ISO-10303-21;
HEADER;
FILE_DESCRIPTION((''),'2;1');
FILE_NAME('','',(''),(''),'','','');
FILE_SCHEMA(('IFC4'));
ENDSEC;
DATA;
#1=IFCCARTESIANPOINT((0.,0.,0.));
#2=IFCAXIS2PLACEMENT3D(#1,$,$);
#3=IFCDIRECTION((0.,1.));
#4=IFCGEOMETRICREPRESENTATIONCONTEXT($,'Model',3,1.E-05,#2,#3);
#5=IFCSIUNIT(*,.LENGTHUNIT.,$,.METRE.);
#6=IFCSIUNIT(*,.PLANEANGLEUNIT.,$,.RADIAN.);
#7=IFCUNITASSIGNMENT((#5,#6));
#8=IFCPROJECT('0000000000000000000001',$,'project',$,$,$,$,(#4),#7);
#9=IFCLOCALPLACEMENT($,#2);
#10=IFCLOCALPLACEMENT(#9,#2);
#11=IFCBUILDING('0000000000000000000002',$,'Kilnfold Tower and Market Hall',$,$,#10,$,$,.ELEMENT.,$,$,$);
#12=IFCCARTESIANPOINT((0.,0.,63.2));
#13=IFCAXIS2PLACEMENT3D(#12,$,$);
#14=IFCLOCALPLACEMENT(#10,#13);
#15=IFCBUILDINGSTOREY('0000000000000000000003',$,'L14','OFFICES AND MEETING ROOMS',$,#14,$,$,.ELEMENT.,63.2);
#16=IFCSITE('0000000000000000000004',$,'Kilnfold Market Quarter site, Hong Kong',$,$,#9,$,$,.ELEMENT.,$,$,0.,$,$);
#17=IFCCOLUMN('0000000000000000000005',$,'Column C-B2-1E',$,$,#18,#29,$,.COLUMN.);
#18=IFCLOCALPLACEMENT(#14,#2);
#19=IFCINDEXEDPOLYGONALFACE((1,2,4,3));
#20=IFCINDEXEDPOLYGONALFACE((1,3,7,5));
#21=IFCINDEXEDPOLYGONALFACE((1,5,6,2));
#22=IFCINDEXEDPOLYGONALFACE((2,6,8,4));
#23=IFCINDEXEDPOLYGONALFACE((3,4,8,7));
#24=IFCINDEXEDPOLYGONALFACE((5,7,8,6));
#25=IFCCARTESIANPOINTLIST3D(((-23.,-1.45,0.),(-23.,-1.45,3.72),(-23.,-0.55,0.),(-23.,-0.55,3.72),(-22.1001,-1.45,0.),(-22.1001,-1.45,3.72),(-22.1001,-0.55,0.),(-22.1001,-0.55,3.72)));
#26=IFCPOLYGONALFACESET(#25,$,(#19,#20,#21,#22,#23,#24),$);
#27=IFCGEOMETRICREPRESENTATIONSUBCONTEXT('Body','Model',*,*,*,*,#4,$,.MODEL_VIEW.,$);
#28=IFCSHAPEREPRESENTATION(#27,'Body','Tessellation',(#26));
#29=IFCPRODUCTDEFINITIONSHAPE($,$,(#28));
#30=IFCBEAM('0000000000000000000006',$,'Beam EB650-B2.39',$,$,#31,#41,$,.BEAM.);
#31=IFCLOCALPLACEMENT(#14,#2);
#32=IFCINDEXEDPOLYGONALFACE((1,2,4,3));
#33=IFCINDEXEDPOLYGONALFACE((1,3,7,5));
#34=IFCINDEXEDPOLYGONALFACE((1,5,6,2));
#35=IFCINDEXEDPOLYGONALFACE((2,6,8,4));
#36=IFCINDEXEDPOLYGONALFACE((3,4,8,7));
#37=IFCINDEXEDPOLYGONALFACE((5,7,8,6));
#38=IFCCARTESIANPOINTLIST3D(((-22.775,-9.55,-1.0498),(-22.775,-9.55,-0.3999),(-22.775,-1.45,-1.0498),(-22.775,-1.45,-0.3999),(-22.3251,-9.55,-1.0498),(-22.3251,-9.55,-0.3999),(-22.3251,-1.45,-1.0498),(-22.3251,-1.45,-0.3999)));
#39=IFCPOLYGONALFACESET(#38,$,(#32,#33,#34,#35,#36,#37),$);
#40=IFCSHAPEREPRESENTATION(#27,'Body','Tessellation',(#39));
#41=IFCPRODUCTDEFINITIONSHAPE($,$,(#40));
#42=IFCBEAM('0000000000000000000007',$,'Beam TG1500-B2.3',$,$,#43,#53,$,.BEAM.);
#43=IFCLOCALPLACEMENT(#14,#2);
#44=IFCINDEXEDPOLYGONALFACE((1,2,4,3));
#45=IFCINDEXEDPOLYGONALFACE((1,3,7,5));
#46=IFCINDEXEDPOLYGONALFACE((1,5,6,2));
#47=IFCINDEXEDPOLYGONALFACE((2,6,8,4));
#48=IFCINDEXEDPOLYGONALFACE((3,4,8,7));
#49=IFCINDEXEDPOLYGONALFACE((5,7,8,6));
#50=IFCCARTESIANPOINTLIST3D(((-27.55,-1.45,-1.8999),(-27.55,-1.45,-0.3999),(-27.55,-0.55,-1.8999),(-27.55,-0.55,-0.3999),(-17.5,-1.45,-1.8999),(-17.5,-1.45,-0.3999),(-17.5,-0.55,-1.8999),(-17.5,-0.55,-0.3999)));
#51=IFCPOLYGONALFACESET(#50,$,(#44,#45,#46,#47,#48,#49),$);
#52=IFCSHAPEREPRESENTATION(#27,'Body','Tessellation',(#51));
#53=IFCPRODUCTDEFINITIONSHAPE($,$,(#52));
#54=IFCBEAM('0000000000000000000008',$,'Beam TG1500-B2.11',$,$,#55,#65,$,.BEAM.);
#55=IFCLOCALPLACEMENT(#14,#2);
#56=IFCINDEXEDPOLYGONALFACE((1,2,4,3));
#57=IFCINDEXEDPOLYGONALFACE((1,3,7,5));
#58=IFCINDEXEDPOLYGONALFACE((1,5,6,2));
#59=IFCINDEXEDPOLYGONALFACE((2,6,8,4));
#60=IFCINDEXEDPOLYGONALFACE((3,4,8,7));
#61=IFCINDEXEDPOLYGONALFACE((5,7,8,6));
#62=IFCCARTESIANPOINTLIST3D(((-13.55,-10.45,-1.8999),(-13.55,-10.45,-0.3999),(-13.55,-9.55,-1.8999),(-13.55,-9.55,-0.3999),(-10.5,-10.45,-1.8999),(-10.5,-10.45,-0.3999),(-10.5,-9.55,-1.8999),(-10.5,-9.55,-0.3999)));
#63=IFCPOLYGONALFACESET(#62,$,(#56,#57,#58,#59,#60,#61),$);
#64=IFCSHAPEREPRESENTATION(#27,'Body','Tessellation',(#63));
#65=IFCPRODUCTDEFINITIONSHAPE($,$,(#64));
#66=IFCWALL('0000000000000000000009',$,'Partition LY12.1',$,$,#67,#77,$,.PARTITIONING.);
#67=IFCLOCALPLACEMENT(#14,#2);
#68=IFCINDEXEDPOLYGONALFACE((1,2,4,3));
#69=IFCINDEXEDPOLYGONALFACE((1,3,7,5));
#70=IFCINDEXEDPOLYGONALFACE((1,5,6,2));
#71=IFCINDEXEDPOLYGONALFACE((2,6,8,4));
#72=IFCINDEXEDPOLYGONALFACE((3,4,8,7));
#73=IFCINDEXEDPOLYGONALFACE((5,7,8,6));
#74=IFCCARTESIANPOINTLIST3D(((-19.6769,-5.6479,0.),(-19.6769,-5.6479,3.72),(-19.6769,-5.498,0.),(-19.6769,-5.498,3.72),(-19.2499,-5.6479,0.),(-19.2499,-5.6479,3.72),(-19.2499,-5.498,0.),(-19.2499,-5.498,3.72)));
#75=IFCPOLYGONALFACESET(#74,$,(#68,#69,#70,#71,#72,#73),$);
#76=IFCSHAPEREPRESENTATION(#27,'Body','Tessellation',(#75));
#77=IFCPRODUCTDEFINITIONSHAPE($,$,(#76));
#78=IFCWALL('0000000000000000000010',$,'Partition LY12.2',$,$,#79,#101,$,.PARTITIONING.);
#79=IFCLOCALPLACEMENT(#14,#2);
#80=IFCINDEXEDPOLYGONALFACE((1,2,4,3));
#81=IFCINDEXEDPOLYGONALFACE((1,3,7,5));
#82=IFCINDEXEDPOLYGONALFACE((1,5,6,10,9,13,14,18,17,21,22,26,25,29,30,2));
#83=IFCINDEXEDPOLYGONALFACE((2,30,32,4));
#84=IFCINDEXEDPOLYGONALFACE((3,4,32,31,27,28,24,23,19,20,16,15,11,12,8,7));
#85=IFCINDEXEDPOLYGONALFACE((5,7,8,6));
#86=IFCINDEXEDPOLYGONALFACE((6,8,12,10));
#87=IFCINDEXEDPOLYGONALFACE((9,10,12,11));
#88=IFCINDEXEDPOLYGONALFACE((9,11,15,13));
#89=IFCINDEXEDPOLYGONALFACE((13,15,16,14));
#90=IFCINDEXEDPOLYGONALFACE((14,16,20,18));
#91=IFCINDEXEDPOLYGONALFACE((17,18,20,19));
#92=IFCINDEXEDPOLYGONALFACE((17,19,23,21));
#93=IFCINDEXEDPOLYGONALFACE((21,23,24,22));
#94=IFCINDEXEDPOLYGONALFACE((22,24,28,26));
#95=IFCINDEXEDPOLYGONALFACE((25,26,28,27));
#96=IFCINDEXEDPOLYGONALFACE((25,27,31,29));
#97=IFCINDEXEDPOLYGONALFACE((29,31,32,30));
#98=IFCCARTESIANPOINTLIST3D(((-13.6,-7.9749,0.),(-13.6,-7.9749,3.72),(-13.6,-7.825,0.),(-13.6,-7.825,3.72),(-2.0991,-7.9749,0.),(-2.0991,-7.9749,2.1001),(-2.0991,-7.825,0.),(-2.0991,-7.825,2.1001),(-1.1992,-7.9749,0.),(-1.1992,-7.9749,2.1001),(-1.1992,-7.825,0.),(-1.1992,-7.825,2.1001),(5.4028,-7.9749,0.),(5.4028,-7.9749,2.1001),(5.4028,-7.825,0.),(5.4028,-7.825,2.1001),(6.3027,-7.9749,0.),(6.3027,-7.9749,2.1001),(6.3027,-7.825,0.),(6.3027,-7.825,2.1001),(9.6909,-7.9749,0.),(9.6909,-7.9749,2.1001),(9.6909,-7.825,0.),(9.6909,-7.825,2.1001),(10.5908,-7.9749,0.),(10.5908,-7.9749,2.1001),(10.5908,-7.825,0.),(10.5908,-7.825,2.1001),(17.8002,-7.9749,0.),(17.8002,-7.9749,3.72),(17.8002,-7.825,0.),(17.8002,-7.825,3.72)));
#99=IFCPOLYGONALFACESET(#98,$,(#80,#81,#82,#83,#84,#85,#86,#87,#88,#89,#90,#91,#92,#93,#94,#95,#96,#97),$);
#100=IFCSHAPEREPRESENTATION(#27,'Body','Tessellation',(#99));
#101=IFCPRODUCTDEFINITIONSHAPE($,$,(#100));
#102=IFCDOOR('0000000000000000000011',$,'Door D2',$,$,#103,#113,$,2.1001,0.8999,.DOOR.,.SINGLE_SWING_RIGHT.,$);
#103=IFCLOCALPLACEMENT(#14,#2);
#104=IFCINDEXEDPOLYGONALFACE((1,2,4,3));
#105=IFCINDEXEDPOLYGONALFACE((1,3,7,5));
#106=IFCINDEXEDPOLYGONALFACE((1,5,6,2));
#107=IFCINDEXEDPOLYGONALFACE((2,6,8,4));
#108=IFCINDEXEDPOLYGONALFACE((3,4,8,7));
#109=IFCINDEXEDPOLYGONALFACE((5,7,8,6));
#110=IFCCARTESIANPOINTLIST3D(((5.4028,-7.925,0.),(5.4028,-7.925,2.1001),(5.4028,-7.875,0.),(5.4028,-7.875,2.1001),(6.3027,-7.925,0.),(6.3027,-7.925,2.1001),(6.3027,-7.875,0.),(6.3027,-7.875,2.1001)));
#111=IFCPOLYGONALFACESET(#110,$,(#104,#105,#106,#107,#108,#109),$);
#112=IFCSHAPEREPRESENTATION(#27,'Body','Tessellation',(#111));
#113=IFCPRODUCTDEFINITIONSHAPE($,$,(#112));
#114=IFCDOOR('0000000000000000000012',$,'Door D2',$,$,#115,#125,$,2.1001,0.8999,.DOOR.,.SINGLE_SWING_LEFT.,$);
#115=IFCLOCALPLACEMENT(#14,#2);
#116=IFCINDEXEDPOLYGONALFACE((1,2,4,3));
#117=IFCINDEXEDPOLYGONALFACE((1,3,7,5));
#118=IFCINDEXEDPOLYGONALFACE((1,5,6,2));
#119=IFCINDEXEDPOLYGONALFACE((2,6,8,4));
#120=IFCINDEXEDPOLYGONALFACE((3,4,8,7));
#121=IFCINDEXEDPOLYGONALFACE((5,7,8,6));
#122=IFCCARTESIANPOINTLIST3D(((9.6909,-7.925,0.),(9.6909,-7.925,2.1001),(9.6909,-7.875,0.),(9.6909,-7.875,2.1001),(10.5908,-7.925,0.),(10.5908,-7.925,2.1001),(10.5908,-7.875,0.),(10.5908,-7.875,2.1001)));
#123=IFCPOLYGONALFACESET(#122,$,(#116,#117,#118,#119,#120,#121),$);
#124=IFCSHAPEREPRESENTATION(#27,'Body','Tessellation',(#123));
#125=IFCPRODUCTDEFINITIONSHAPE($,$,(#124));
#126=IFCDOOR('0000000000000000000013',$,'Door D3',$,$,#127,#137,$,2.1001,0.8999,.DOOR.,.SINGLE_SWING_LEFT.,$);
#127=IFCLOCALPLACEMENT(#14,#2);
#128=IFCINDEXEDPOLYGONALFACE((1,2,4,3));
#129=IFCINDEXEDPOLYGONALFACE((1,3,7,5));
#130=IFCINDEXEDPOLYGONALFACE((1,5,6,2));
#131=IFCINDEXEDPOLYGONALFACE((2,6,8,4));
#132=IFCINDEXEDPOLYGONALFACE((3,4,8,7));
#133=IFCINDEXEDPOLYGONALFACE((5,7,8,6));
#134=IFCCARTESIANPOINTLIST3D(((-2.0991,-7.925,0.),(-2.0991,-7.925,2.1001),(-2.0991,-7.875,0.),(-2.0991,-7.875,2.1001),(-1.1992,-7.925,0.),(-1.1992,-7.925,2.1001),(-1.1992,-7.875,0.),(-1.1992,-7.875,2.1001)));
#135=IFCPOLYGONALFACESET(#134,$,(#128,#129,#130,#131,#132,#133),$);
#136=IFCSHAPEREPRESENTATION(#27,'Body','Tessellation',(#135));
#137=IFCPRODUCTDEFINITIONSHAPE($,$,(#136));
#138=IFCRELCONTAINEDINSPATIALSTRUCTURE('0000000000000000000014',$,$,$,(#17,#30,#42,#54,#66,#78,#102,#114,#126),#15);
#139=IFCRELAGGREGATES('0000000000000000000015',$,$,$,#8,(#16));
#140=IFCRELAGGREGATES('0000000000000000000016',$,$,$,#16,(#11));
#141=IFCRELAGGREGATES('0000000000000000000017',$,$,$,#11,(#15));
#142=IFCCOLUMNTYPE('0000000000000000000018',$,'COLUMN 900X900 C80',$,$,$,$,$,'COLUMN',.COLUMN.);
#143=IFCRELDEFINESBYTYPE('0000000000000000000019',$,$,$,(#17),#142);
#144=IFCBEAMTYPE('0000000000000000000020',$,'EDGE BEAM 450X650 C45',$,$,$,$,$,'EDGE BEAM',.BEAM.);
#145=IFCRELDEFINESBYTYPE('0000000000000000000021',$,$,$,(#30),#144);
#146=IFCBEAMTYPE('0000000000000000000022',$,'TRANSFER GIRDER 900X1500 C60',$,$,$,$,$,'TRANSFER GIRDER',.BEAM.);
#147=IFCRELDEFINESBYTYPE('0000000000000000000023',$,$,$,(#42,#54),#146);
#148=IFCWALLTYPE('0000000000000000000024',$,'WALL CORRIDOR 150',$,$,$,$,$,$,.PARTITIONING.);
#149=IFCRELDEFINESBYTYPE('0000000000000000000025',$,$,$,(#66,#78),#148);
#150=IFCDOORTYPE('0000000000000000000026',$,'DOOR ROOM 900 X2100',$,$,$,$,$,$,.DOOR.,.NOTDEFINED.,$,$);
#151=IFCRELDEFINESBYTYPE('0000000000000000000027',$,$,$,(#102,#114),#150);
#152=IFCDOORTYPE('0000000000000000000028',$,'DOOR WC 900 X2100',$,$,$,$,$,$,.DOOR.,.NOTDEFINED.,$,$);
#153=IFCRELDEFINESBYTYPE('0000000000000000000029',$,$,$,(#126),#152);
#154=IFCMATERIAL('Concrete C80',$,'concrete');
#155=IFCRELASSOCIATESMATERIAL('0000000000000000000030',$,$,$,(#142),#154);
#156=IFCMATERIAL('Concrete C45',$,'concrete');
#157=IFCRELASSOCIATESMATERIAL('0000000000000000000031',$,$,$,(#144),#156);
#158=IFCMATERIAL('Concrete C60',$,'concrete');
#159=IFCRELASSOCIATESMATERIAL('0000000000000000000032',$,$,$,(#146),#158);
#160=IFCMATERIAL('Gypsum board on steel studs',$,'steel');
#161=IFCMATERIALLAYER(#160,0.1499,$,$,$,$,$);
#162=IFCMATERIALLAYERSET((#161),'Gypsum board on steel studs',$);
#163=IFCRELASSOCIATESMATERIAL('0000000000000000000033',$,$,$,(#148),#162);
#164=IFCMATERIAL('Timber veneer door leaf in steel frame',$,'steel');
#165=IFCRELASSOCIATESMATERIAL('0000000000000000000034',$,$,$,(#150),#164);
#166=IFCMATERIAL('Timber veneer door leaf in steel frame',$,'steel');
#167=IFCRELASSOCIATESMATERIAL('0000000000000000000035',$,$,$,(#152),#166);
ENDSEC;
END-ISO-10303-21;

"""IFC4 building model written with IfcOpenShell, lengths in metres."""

from ifc_helpers import new_model, si_unit, direction, frame, frame_2d, origin, origin_2d, place, context, subcontext, project, spatial, rectangle, extrude, source, transform, mapped, material, layer, layer_set, material_profile, profile_set, type_object, element, fill, save


model = new_model("IFC4")

# Units and contexts
model_context = context("Model", 3, precision=1e-05, world=origin(), true_north=direction((0.0, 1.0)))
body_context = subcontext(model_context, "Body", "Model", "MODEL_VIEW")
ifc_project = project(units=[si_unit("LENGTHUNIT", "METRE"), si_unit("PLANEANGLEUNIT", "RADIAN")], contexts=[model_context])

# Site, building, storey
site_placement = place(None, origin())
site = spatial("IfcSite", under=ifc_project, at=site_placement, Name="Kilnfold Market Quarter site, Hong Kong", CompositionType="ELEMENT", RefElevation=0.0)
building_placement = place(site_placement, origin())
building = spatial("IfcBuilding", under=site, at=building_placement, Name="Kilnfold Tower and Market Hall", CompositionType="ELEMENT")
storey_placement = place(building_placement, frame((0.0, 0.0, 63.2)))
storey = spatial("IfcBuildingStorey", under=building, at=storey_placement, Name="L14", Description="OFFICES AND MEETING ROOMS", CompositionType="ELEMENT", Elevation=63.2)

# Column
ifc_material_1 = material(Name="Concrete C80", Category="concrete")
ifc_material_profile_1 = material_profile(ifc_material_1, rectangle(XDim=0.8999, YDim=0.8999, at=origin_2d()), Name="RC 900x900")
ifc_profile_set_1 = profile_set([ifc_material_profile_1], Name="Concrete C80")
column_type = type_object("IfcColumnType", Name="COLUMN 900X900 C80", ElementType="COLUMN", PredefinedType="COLUMN", material=ifc_profile_set_1)
shared_shape_1 = source(origin(), body_context, "Body", "SweptSolid", [
    extrude(rectangle(XDim=0.8999, YDim=0.8999, at=origin_2d()), origin(), (0.0, 0.0, 1.0), 3.72),
])
column_placement = place(storey_placement, frame((-22.55, -1.0, 0.0), z_axis=(0.0, 0.0, 1.0), x_axis=(1.0, 0.0, 0.0)))
element("IfcColumn", 1, at=column_placement, inside=storey, type_object=column_type, Name="Column C-B2-1E", PredefinedType="COLUMN", context=body_context, shape_type="MappedRepresentation", body=[
    mapped(shared_shape_1, transform((0.0, 0.0, 0.0))),
])

# Beams
ifc_material_2 = material(Name="Concrete C45", Category="concrete")
ifc_material_profile_2 = material_profile(ifc_material_2, rectangle(XDim=0.45, YDim=0.6499, at=origin_2d()), Name="RC 450x650")
ifc_profile_set_2 = profile_set([ifc_material_profile_2], Name="Concrete C45")
beam_type_1 = type_object("IfcBeamType", Name="EDGE BEAM 450X650 C45", ElementType="EDGE BEAM", PredefinedType="BEAM", material=ifc_profile_set_2)
shared_shape_2 = source(origin(), body_context, "Body", "SweptSolid", [
    extrude(rectangle(XDim=0.45, YDim=0.6499, at=origin_2d()), origin(), (0.0, 0.0, 1.0), 8.1001),
])
beam_1_placement = place(storey_placement, frame((-22.55, -9.55, -0.7249), z_axis=(0.0, 1.0, 0.0), x_axis=(-1.0, 0.0, 0.0)))
element("IfcBeam", 2, at=beam_1_placement, inside=storey, type_object=beam_type_1, Name="Beam EB650-B2.39", PredefinedType="BEAM", context=body_context, shape_type="MappedRepresentation", body=[
    mapped(shared_shape_2, transform((0.0, 0.0, 0.0))),
])
ifc_material_3 = material(Name="Concrete C60", Category="concrete")
ifc_material_profile_3 = material_profile(ifc_material_3, rectangle(XDim=0.8999, YDim=1.5, at=origin_2d()), Name="RC 900x1500")
ifc_profile_set_3 = profile_set([ifc_material_profile_3], Name="Concrete C60")
beam_type_2 = type_object("IfcBeamType", Name="TRANSFER GIRDER 900X1500 C60", ElementType="TRANSFER GIRDER", PredefinedType="BEAM", material=ifc_profile_set_3)
shared_shape_3 = source(origin(), body_context, "Body", "SweptSolid", [
    extrude(rectangle(XDim=0.8999, YDim=1.5, at=origin_2d()), origin(), (0.0, 0.0, 1.0), 10.05),
])
beam_2_placement = place(storey_placement, frame((-27.55, -1.0, -1.1499), z_axis=(1.0, 0.0, 0.0), x_axis=(0.0, 1.0, 0.0)))
element("IfcBeam", 3, at=beam_2_placement, inside=storey, type_object=beam_type_2, Name="Beam TG1500-B2.3", PredefinedType="BEAM", context=body_context, shape_type="MappedRepresentation", body=[
    mapped(shared_shape_3, transform((0.0, 0.0, 0.0))),
])
shared_shape_4 = source(origin(), body_context, "Body", "SweptSolid", [
    extrude(rectangle(XDim=0.8999, YDim=1.5, at=origin_2d()), origin(), (0.0, 0.0, 1.0), 3.05),
])
beam_3_placement = place(storey_placement, frame((-13.55, -10.0, -1.1499), z_axis=(1.0, 0.0, 0.0), x_axis=(0.0, 1.0, 0.0)))
element("IfcBeam", 4, at=beam_3_placement, inside=storey, type_object=beam_type_2, Name="Beam TG1500-B2.11", PredefinedType="BEAM", context=body_context, shape_type="MappedRepresentation", body=[
    mapped(shared_shape_4, transform((0.0, 0.0, 0.0))),
])

# Wall
ifc_material_4 = material(Name="Gypsum board on steel studs", Category="steel")
ifc_layer_1 = layer(ifc_material_4, 0.1499)
ifc_layer_set_1 = layer_set([ifc_layer_1], Name="Gypsum board on steel studs")
wall_type_1 = type_object("IfcWallType", Name="WALL CORRIDOR 150", PredefinedType="PARTITIONING", material=ifc_layer_set_1)
wall_1_placement = place(storey_placement, frame((-19.25, -5.573, 0.0), z_axis=(0.0, 0.0, 1.0), x_axis=(-1.0, 0.0, 0.0)))
element("IfcWall", 5, at=wall_1_placement, inside=storey, type_object=wall_type_1, Name="Partition LY12.1", PredefinedType="PARTITIONING", context=body_context, shape_type="SweptSolid", body=[
    extrude(rectangle(XDim=0.427, YDim=0.1499, at=frame_2d((0.2134, 0.0))), origin(), (0.0, 0.0, 1.0), 3.72),
])

# Wall, openings, doors
wall_2_placement = place(storey_placement, frame((-13.6001, -7.8999, 0.0), z_axis=(0.0, 0.0, 1.0), x_axis=(1.0, 0.0, 0.0)))
wall_2 = element("IfcWall", 6, at=wall_2_placement, inside=storey, type_object=wall_type_1, Name="Partition LY12.2", PredefinedType="PARTITIONING", context=body_context, shape_type="SweptSolid", body=[
    extrude(rectangle(XDim=31.4001, YDim=0.1499, at=frame_2d((15.7002, 0.0))), origin(), (0.0, 0.0, 1.0), 3.72),
])
opening_1_placement = place(wall_2_placement, frame((11.501, 0.0, 0.0)))
opening_1 = element("IfcOpeningElement", 7, at=opening_1_placement, cuts=wall_2, PredefinedType="OPENING", context=body_context, shape_type="SweptSolid", body=[
    extrude(rectangle(XDim=0.8999, YDim=2.1001, at=frame_2d((0.45, 1.05))), frame((0.0, 0.085, 0.0), z_axis=(0.0, -1.0, 0.0), x_axis=(1.0, 0.0, 0.0)), (0.0, 0.0, 1.0), 0.1699),
])
opening_2_placement = place(wall_2_placement, frame((19.0029, 0.0, 0.0)))
opening_2 = element("IfcOpeningElement", 8, at=opening_2_placement, cuts=wall_2, PredefinedType="OPENING", context=body_context, shape_type="SweptSolid", body=[
    extrude(rectangle(XDim=0.8999, YDim=2.1001, at=frame_2d((0.45, 1.05))), frame((0.0, 0.085, 0.0), z_axis=(0.0, -1.0, 0.0), x_axis=(1.0, 0.0, 0.0)), (0.0, 0.0, 1.0), 0.1699),
])
opening_3_placement = place(wall_2_placement, frame((23.291, 0.0, 0.0)))
opening_3 = element("IfcOpeningElement", 9, at=opening_3_placement, cuts=wall_2, PredefinedType="OPENING", context=body_context, shape_type="SweptSolid", body=[
    extrude(rectangle(XDim=0.8999, YDim=2.1001, at=frame_2d((0.45, 1.05))), frame((0.0, 0.085, 0.0), z_axis=(0.0, -1.0, 0.0), x_axis=(1.0, 0.0, 0.0)), (0.0, 0.0, 1.0), 0.1699),
])
ifc_material_5 = material(Name="Timber veneer door leaf in steel frame", Category="steel")
door_type_1 = type_object("IfcDoorType", Name="DOOR ROOM 900 X2100", OperationType="NOTDEFINED", PredefinedType="DOOR", material=ifc_material_5)
door_1_placement = place(opening_2_placement, origin())
door_1 = element("IfcDoor", 10, at=door_1_placement, inside=storey, type_object=door_type_1, Name="Door D2", OperationType="SINGLE_SWING_RIGHT", OverallHeight=2.1001, OverallWidth=0.8999, PredefinedType="DOOR", context=body_context, shape_type="SweptSolid", body=[
    extrude(rectangle(XDim=0.8999, YDim=2.1001, at=frame_2d((0.45, 1.05))), frame((0.0, 0.0249, 0.0), z_axis=(0.0, -1.0, 0.0), x_axis=(1.0, 0.0, 0.0)), (0.0, 0.0, 1.0), 0.05),
])
fill(opening_2, door_1)
door_2_placement = place(opening_3_placement, origin())
door_2 = element("IfcDoor", 11, at=door_2_placement, inside=storey, type_object=door_type_1, Name="Door D2", OperationType="SINGLE_SWING_LEFT", OverallHeight=2.1001, OverallWidth=0.8999, PredefinedType="DOOR", context=body_context, shape_type="SweptSolid", body=[
    extrude(rectangle(XDim=0.8999, YDim=2.1001, at=frame_2d((0.45, 1.05))), frame((0.0, 0.0249, 0.0), z_axis=(0.0, -1.0, 0.0), x_axis=(1.0, 0.0, 0.0)), (0.0, 0.0, 1.0), 0.05),
])
fill(opening_3, door_2)
ifc_material_6 = material(Name="Timber veneer door leaf in steel frame", Category="steel")
door_type_2 = type_object("IfcDoorType", Name="DOOR WC 900 X2100", OperationType="NOTDEFINED", PredefinedType="DOOR", material=ifc_material_6)
door_3_placement = place(opening_1_placement, origin())
door_3 = element("IfcDoor", 12, at=door_3_placement, inside=storey, type_object=door_type_2, Name="Door D3", OperationType="SINGLE_SWING_LEFT", OverallHeight=2.1001, OverallWidth=0.8999, PredefinedType="DOOR", context=body_context, shape_type="SweptSolid", body=[
    extrude(rectangle(XDim=0.8999, YDim=2.1001, at=frame_2d((0.45, 1.05))), frame((0.0, 0.0249, 0.0), z_axis=(0.0, -1.0, 0.0), x_axis=(1.0, 0.0, 0.0)), (0.0, 0.0, 1.0), 0.05),
])
fill(opening_1, door_3)

save(model, "model.ifc")
